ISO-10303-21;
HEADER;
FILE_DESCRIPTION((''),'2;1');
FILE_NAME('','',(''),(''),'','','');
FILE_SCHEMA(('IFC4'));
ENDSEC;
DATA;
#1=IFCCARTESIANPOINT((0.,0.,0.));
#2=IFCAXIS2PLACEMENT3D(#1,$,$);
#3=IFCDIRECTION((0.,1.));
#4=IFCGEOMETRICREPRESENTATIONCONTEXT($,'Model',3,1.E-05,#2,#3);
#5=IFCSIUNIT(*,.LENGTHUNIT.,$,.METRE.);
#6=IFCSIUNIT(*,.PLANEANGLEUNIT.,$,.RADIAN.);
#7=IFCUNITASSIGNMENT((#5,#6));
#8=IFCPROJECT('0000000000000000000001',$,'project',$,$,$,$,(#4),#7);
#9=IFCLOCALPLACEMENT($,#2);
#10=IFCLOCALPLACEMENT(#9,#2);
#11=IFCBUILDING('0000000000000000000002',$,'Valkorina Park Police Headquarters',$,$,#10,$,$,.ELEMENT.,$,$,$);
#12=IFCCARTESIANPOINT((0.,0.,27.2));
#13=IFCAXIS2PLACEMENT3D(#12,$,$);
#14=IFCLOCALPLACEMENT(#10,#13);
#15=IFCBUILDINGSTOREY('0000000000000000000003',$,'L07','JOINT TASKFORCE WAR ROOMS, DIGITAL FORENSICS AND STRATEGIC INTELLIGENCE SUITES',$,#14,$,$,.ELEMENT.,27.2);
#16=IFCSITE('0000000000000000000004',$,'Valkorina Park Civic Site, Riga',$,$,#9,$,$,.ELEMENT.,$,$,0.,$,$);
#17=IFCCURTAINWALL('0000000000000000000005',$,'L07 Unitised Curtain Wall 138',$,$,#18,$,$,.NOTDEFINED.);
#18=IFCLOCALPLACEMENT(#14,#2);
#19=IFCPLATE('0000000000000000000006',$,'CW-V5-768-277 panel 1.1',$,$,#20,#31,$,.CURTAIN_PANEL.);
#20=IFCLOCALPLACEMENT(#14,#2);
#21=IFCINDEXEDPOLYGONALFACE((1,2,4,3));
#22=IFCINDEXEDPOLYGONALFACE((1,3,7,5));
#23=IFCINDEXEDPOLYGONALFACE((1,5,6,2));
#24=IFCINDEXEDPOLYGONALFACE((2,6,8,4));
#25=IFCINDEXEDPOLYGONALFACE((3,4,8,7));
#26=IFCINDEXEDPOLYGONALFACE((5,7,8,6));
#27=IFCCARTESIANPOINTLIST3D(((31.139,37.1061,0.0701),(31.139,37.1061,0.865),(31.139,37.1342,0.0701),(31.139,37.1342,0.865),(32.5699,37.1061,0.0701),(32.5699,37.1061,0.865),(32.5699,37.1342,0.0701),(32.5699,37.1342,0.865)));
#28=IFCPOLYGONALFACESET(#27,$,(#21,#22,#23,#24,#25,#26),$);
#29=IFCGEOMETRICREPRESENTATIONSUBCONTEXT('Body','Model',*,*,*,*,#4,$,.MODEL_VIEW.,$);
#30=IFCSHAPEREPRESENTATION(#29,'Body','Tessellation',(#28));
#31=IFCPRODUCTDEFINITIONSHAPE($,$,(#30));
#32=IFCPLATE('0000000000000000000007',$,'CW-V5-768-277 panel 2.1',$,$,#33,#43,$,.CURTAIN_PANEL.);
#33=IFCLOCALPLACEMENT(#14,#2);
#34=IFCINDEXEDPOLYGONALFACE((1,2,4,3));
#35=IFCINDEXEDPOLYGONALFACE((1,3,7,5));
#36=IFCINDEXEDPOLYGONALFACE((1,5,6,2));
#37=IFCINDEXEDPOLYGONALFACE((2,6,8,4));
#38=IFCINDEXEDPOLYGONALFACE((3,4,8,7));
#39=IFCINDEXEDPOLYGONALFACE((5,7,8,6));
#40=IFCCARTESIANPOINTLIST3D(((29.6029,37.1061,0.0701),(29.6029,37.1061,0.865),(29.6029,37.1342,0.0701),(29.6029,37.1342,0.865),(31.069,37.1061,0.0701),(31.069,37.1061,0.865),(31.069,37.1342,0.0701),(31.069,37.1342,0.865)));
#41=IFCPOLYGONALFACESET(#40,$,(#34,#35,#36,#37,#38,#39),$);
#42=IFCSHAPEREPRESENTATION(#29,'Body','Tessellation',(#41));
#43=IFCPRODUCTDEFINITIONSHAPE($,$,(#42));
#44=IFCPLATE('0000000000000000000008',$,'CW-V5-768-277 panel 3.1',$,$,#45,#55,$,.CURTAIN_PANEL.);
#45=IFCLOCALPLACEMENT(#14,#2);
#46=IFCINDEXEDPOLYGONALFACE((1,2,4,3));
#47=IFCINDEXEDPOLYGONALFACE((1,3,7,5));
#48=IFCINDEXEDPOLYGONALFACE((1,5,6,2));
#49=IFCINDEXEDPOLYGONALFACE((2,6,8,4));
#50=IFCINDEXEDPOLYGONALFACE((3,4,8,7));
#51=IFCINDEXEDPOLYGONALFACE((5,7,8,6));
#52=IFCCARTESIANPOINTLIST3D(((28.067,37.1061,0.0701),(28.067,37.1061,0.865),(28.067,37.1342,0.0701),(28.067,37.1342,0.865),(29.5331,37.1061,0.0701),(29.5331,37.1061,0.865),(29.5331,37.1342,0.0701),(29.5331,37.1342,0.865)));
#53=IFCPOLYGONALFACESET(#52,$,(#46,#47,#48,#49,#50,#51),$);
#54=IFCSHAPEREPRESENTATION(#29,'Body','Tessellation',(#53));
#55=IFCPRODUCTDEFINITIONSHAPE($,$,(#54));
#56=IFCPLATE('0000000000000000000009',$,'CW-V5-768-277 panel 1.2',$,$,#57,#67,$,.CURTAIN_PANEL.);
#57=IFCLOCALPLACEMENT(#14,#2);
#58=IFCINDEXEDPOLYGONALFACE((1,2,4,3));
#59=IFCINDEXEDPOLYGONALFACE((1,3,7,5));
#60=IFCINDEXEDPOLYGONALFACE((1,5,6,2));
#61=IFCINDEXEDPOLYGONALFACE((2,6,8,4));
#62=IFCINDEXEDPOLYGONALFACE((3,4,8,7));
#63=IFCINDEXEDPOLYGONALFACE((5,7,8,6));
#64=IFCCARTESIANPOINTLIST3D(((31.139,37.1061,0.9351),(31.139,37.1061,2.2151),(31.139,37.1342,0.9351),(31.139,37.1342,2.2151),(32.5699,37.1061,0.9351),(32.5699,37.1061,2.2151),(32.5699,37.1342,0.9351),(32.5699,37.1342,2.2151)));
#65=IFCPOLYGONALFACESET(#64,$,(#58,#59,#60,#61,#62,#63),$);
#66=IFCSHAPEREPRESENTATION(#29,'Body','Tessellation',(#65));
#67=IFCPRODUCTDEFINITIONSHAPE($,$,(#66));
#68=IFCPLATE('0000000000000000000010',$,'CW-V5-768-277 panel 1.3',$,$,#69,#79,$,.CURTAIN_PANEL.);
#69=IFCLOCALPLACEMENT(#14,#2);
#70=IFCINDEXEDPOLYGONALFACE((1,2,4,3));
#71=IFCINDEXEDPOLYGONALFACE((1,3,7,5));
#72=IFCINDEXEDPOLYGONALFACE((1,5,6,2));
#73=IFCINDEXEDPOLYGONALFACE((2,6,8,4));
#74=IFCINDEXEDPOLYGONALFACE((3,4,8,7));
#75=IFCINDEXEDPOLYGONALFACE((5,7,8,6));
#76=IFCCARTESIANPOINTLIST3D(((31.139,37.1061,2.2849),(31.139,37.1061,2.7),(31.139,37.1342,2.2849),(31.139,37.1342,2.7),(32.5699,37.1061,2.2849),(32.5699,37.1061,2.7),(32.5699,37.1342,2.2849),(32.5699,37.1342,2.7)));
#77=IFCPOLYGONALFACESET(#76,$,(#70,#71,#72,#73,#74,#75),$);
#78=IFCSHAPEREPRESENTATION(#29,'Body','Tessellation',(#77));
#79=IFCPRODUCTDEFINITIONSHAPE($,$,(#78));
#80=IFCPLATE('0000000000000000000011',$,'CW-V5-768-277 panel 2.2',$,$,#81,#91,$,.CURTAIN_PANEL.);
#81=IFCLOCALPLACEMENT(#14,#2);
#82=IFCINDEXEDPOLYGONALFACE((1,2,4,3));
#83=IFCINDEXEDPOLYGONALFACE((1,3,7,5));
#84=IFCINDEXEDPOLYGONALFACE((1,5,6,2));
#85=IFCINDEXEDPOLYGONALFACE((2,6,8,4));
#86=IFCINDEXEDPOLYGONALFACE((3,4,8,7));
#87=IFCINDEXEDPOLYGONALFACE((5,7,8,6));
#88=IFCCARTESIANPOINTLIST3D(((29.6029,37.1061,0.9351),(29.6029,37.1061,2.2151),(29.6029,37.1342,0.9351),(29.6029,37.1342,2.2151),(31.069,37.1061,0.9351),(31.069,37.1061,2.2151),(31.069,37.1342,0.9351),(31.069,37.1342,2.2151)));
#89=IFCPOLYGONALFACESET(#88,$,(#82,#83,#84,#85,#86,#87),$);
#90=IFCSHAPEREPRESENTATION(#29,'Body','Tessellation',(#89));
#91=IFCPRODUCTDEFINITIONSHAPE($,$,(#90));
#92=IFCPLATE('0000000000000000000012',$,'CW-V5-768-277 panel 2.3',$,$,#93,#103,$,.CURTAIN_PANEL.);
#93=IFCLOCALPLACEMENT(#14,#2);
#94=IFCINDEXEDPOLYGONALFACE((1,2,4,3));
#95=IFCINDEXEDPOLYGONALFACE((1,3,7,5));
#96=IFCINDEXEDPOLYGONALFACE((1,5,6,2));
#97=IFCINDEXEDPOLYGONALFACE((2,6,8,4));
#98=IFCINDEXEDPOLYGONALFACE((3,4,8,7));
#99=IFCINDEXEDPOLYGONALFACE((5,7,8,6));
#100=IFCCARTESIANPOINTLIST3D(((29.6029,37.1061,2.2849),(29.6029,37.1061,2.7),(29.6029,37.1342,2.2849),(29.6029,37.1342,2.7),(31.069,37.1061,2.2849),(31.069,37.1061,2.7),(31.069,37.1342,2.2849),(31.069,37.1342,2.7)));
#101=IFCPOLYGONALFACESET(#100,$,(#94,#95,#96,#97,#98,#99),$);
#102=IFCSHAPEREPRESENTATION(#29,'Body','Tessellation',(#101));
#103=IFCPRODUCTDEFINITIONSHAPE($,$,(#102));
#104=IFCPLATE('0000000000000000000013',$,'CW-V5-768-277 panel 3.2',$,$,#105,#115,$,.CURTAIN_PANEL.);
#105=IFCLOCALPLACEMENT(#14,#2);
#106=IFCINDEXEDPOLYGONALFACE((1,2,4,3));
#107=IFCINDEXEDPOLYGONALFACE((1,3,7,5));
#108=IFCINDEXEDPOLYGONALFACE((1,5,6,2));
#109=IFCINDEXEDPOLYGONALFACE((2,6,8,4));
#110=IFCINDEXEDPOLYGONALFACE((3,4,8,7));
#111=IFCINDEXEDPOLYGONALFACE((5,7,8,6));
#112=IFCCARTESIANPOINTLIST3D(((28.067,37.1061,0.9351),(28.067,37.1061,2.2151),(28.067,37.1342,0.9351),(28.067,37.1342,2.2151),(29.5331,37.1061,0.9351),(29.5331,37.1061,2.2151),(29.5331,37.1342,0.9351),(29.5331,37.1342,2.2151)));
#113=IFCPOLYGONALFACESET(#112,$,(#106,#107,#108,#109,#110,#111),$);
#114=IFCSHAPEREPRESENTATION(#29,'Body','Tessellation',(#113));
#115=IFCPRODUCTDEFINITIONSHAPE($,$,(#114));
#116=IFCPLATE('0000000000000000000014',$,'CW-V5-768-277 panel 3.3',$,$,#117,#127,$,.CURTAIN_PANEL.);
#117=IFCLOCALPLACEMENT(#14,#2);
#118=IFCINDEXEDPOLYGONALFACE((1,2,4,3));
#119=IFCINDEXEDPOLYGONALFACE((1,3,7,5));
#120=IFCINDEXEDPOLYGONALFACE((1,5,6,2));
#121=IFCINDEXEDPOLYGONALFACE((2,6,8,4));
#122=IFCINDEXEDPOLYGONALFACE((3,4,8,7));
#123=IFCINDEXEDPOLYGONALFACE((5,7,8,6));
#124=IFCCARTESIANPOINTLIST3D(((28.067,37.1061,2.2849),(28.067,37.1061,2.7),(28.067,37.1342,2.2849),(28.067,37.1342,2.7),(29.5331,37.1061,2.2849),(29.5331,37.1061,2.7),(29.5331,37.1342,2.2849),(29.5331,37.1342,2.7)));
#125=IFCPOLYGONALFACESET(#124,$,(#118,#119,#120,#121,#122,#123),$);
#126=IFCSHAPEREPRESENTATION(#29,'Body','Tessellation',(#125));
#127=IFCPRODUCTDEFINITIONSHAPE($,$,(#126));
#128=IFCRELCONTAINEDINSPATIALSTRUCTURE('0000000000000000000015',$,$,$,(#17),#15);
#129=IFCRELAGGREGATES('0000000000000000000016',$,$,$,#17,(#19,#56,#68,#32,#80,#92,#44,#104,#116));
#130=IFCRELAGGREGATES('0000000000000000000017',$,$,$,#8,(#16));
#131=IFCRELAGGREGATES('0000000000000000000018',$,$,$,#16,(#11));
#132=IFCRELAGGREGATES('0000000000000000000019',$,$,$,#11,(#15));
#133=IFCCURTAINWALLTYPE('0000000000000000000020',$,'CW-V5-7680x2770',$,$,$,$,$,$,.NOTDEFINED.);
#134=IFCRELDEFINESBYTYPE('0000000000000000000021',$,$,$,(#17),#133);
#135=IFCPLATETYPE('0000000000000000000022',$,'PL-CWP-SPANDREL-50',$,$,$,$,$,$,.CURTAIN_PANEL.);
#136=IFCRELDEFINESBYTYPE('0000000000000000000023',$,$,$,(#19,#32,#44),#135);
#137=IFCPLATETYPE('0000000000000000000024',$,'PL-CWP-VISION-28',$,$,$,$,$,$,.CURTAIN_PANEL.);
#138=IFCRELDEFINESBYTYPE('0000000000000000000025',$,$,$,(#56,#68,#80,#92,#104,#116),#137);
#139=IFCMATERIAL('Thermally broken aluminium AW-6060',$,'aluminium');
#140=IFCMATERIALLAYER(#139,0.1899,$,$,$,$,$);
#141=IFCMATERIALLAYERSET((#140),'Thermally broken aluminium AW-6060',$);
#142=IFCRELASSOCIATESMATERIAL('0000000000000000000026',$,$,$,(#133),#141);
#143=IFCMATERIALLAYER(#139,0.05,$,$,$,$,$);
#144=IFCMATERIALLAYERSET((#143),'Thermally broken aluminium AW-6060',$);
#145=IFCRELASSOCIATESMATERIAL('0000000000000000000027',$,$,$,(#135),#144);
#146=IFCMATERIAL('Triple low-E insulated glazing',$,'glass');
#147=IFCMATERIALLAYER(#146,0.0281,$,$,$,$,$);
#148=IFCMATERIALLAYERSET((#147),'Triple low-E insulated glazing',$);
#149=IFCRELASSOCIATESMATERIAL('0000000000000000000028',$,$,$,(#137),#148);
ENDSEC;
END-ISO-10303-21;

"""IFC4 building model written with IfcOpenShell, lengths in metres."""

from ifc_helpers import new_model, si_unit, direction, frame, origin, origin_2d, place, context, subcontext, project, spatial, rectangle, extrude, material, layer, layer_set, type_object, element, aggregate, save


model = new_model("IFC4")

# Units and contexts
model_context = context("Model", 3, precision=1e-05, world=origin(), true_north=direction((0.0, 1.0)))
body_context = subcontext(model_context, "Body", "Model", "MODEL_VIEW")
ifc_project = project(units=[si_unit("LENGTHUNIT", "METRE"), si_unit("PLANEANGLEUNIT", "RADIAN")], contexts=[model_context])

# Site, building, storey
site_placement = place(None, origin())
site = spatial("IfcSite", under=ifc_project, at=site_placement, Name="Valkorina Park Civic Site, Riga", CompositionType="ELEMENT", RefElevation=0.0)
building_placement = place(site_placement, origin())
building = spatial("IfcBuilding", under=site, at=building_placement, Name="Valkorina Park Police Headquarters", CompositionType="ELEMENT")
storey_placement = place(building_placement, frame((0.0, 0.0, 27.2)))
storey = spatial("IfcBuildingStorey", under=building, at=storey_placement, Name="L07", Description="JOINT TASKFORCE WAR ROOMS, DIGITAL FORENSICS AND STRATEGIC INTELLIGENCE SUITES", CompositionType="ELEMENT", Elevation=27.2)

# Curtain wall, plates
ifc_material_1 = material(Name="Thermally broken aluminium AW-6060", Category="aluminium")
ifc_layer_1 = layer(ifc_material_1, 0.1899)
ifc_layer_set_1 = layer_set([ifc_layer_1], Name="Thermally broken aluminium AW-6060")
curtain_wall_type = type_object("IfcCurtainWallType", Name="CW-V5-7680x2770", PredefinedType="NOTDEFINED", material=ifc_layer_set_1)
curtain_wall_placement = place(storey_placement, origin())
curtain_wall = element("IfcCurtainWall", 1, at=curtain_wall_placement, inside=storey, type_object=curtain_wall_type, Name="L07 Unitised Curtain Wall 138", PredefinedType="NOTDEFINED")
ifc_layer_2 = layer(ifc_material_1, 0.05)
ifc_layer_set_2 = layer_set([ifc_layer_2], Name="Thermally broken aluminium AW-6060")
plate_type_1 = type_object("IfcPlateType", Name="PL-CWP-SPANDREL-50", PredefinedType="CURTAIN_PANEL", material=ifc_layer_set_2)
plate_1_placement = place(storey_placement, frame((31.8545, 37.1201, 0.0701), z_axis=(0.0, 0.0, 1.0), x_axis=(-1.0, 0.0, 0.0)))
plate_1 = element("IfcPlate", 2, at=plate_1_placement, type_object=plate_type_1, Name="CW-V5-768-277 panel 1.1", PredefinedType="CURTAIN_PANEL", context=body_context, shape_type="SweptSolid", body=[
    extrude(rectangle(XDim=1.4309, YDim=0.0281, at=origin_2d()), origin(), (0.0, 0.0, 1.0), 0.7949),
])
plate_2_placement = place(storey_placement, frame((30.3359, 37.1201, 0.0701), z_axis=(0.0, 0.0, 1.0), x_axis=(-1.0, 0.0, 0.0)))
plate_2 = element("IfcPlate", 3, at=plate_2_placement, type_object=plate_type_1, Name="CW-V5-768-277 panel 2.1", PredefinedType="CURTAIN_PANEL", context=body_context, shape_type="SweptSolid", body=[
    extrude(rectangle(XDim=1.4661, YDim=0.0281, at=origin_2d()), origin(), (0.0, 0.0, 1.0), 0.7949),
])
plate_3_placement = place(storey_placement, frame((28.8, 37.1201, 0.0701), z_axis=(0.0, 0.0, 1.0), x_axis=(-1.0, 0.0, 0.0)))
plate_3 = element("IfcPlate", 4, at=plate_3_placement, type_object=plate_type_1, Name="CW-V5-768-277 panel 3.1", PredefinedType="CURTAIN_PANEL", context=body_context, shape_type="SweptSolid", body=[
    extrude(rectangle(XDim=1.4661, YDim=0.0281, at=origin_2d()), origin(), (0.0, 0.0, 1.0), 0.7949),
])
ifc_material_2 = material(Name="Triple low-E insulated glazing", Category="glass")
ifc_layer_3 = layer(ifc_material_2, 0.0281)
ifc_layer_set_3 = layer_set([ifc_layer_3], Name="Triple low-E insulated glazing")
plate_type_2 = type_object("IfcPlateType", Name="PL-CWP-VISION-28", PredefinedType="CURTAIN_PANEL", material=ifc_layer_set_3)
plate_4_placement = place(storey_placement, frame((31.8545, 37.1201, 0.9351), z_axis=(0.0, 0.0, 1.0), x_axis=(-1.0, 0.0, 0.0)))
plate_4 = element("IfcPlate", 5, at=plate_4_placement, type_object=plate_type_2, Name="CW-V5-768-277 panel 1.2", PredefinedType="CURTAIN_PANEL", context=body_context, shape_type="SweptSolid", body=[
    extrude(rectangle(XDim=1.4309, YDim=0.0281, at=origin_2d()), origin(), (0.0, 0.0, 1.0), 1.28),
])
plate_5_placement = place(storey_placement, frame((31.8545, 37.1201, 2.2849), z_axis=(0.0, 0.0, 1.0), x_axis=(-1.0, 0.0, 0.0)))
plate_5 = element("IfcPlate", 6, at=plate_5_placement, type_object=plate_type_2, Name="CW-V5-768-277 panel 1.3", PredefinedType="CURTAIN_PANEL", context=body_context, shape_type="SweptSolid", body=[
    extrude(rectangle(XDim=1.4309, YDim=0.0281, at=origin_2d()), origin(), (0.0, 0.0, 1.0), 0.415),
])
plate_6_placement = place(storey_placement, frame((30.3359, 37.1201, 0.9351), z_axis=(0.0, 0.0, 1.0), x_axis=(-1.0, 0.0, 0.0)))
plate_6 = element("IfcPlate", 7, at=plate_6_placement, type_object=plate_type_2, Name="CW-V5-768-277 panel 2.2", PredefinedType="CURTAIN_PANEL", context=body_context, shape_type="SweptSolid", body=[
    extrude(rectangle(XDim=1.4661, YDim=0.0281, at=origin_2d()), origin(), (0.0, 0.0, 1.0), 1.28),
])
plate_7_placement = place(storey_placement, frame((30.3359, 37.1201, 2.2849), z_axis=(0.0, 0.0, 1.0), x_axis=(-1.0, 0.0, 0.0)))
plate_7 = element("IfcPlate", 8, at=plate_7_placement, type_object=plate_type_2, Name="CW-V5-768-277 panel 2.3", PredefinedType="CURTAIN_PANEL", context=body_context, shape_type="SweptSolid", body=[
    extrude(rectangle(XDim=1.4661, YDim=0.0281, at=origin_2d()), origin(), (0.0, 0.0, 1.0), 0.415),
])
plate_8_placement = place(storey_placement, frame((28.8, 37.1201, 0.9351), z_axis=(0.0, 0.0, 1.0), x_axis=(-1.0, 0.0, 0.0)))
plate_8 = element("IfcPlate", 9, at=plate_8_placement, type_object=plate_type_2, Name="CW-V5-768-277 panel 3.2", PredefinedType="CURTAIN_PANEL", context=body_context, shape_type="SweptSolid", body=[
    extrude(rectangle(XDim=1.4661, YDim=0.0281, at=origin_2d()), origin(), (0.0, 0.0, 1.0), 1.28),
])
plate_9_placement = place(storey_placement, frame((28.8, 37.1201, 2.2849), z_axis=(0.0, 0.0, 1.0), x_axis=(-1.0, 0.0, 0.0)))
plate_9 = element("IfcPlate", 10, at=plate_9_placement, type_object=plate_type_2, Name="CW-V5-768-277 panel 3.3", PredefinedType="CURTAIN_PANEL", context=body_context, shape_type="SweptSolid", body=[
    extrude(rectangle(XDim=1.4661, YDim=0.0281, at=origin_2d()), origin(), (0.0, 0.0, 1.0), 0.415),
])
aggregate(curtain_wall, [plate_1, plate_4, plate_5, plate_2, plate_6, plate_7, plate_3, plate_8, plate_9])

save(model, "model.ifc")
